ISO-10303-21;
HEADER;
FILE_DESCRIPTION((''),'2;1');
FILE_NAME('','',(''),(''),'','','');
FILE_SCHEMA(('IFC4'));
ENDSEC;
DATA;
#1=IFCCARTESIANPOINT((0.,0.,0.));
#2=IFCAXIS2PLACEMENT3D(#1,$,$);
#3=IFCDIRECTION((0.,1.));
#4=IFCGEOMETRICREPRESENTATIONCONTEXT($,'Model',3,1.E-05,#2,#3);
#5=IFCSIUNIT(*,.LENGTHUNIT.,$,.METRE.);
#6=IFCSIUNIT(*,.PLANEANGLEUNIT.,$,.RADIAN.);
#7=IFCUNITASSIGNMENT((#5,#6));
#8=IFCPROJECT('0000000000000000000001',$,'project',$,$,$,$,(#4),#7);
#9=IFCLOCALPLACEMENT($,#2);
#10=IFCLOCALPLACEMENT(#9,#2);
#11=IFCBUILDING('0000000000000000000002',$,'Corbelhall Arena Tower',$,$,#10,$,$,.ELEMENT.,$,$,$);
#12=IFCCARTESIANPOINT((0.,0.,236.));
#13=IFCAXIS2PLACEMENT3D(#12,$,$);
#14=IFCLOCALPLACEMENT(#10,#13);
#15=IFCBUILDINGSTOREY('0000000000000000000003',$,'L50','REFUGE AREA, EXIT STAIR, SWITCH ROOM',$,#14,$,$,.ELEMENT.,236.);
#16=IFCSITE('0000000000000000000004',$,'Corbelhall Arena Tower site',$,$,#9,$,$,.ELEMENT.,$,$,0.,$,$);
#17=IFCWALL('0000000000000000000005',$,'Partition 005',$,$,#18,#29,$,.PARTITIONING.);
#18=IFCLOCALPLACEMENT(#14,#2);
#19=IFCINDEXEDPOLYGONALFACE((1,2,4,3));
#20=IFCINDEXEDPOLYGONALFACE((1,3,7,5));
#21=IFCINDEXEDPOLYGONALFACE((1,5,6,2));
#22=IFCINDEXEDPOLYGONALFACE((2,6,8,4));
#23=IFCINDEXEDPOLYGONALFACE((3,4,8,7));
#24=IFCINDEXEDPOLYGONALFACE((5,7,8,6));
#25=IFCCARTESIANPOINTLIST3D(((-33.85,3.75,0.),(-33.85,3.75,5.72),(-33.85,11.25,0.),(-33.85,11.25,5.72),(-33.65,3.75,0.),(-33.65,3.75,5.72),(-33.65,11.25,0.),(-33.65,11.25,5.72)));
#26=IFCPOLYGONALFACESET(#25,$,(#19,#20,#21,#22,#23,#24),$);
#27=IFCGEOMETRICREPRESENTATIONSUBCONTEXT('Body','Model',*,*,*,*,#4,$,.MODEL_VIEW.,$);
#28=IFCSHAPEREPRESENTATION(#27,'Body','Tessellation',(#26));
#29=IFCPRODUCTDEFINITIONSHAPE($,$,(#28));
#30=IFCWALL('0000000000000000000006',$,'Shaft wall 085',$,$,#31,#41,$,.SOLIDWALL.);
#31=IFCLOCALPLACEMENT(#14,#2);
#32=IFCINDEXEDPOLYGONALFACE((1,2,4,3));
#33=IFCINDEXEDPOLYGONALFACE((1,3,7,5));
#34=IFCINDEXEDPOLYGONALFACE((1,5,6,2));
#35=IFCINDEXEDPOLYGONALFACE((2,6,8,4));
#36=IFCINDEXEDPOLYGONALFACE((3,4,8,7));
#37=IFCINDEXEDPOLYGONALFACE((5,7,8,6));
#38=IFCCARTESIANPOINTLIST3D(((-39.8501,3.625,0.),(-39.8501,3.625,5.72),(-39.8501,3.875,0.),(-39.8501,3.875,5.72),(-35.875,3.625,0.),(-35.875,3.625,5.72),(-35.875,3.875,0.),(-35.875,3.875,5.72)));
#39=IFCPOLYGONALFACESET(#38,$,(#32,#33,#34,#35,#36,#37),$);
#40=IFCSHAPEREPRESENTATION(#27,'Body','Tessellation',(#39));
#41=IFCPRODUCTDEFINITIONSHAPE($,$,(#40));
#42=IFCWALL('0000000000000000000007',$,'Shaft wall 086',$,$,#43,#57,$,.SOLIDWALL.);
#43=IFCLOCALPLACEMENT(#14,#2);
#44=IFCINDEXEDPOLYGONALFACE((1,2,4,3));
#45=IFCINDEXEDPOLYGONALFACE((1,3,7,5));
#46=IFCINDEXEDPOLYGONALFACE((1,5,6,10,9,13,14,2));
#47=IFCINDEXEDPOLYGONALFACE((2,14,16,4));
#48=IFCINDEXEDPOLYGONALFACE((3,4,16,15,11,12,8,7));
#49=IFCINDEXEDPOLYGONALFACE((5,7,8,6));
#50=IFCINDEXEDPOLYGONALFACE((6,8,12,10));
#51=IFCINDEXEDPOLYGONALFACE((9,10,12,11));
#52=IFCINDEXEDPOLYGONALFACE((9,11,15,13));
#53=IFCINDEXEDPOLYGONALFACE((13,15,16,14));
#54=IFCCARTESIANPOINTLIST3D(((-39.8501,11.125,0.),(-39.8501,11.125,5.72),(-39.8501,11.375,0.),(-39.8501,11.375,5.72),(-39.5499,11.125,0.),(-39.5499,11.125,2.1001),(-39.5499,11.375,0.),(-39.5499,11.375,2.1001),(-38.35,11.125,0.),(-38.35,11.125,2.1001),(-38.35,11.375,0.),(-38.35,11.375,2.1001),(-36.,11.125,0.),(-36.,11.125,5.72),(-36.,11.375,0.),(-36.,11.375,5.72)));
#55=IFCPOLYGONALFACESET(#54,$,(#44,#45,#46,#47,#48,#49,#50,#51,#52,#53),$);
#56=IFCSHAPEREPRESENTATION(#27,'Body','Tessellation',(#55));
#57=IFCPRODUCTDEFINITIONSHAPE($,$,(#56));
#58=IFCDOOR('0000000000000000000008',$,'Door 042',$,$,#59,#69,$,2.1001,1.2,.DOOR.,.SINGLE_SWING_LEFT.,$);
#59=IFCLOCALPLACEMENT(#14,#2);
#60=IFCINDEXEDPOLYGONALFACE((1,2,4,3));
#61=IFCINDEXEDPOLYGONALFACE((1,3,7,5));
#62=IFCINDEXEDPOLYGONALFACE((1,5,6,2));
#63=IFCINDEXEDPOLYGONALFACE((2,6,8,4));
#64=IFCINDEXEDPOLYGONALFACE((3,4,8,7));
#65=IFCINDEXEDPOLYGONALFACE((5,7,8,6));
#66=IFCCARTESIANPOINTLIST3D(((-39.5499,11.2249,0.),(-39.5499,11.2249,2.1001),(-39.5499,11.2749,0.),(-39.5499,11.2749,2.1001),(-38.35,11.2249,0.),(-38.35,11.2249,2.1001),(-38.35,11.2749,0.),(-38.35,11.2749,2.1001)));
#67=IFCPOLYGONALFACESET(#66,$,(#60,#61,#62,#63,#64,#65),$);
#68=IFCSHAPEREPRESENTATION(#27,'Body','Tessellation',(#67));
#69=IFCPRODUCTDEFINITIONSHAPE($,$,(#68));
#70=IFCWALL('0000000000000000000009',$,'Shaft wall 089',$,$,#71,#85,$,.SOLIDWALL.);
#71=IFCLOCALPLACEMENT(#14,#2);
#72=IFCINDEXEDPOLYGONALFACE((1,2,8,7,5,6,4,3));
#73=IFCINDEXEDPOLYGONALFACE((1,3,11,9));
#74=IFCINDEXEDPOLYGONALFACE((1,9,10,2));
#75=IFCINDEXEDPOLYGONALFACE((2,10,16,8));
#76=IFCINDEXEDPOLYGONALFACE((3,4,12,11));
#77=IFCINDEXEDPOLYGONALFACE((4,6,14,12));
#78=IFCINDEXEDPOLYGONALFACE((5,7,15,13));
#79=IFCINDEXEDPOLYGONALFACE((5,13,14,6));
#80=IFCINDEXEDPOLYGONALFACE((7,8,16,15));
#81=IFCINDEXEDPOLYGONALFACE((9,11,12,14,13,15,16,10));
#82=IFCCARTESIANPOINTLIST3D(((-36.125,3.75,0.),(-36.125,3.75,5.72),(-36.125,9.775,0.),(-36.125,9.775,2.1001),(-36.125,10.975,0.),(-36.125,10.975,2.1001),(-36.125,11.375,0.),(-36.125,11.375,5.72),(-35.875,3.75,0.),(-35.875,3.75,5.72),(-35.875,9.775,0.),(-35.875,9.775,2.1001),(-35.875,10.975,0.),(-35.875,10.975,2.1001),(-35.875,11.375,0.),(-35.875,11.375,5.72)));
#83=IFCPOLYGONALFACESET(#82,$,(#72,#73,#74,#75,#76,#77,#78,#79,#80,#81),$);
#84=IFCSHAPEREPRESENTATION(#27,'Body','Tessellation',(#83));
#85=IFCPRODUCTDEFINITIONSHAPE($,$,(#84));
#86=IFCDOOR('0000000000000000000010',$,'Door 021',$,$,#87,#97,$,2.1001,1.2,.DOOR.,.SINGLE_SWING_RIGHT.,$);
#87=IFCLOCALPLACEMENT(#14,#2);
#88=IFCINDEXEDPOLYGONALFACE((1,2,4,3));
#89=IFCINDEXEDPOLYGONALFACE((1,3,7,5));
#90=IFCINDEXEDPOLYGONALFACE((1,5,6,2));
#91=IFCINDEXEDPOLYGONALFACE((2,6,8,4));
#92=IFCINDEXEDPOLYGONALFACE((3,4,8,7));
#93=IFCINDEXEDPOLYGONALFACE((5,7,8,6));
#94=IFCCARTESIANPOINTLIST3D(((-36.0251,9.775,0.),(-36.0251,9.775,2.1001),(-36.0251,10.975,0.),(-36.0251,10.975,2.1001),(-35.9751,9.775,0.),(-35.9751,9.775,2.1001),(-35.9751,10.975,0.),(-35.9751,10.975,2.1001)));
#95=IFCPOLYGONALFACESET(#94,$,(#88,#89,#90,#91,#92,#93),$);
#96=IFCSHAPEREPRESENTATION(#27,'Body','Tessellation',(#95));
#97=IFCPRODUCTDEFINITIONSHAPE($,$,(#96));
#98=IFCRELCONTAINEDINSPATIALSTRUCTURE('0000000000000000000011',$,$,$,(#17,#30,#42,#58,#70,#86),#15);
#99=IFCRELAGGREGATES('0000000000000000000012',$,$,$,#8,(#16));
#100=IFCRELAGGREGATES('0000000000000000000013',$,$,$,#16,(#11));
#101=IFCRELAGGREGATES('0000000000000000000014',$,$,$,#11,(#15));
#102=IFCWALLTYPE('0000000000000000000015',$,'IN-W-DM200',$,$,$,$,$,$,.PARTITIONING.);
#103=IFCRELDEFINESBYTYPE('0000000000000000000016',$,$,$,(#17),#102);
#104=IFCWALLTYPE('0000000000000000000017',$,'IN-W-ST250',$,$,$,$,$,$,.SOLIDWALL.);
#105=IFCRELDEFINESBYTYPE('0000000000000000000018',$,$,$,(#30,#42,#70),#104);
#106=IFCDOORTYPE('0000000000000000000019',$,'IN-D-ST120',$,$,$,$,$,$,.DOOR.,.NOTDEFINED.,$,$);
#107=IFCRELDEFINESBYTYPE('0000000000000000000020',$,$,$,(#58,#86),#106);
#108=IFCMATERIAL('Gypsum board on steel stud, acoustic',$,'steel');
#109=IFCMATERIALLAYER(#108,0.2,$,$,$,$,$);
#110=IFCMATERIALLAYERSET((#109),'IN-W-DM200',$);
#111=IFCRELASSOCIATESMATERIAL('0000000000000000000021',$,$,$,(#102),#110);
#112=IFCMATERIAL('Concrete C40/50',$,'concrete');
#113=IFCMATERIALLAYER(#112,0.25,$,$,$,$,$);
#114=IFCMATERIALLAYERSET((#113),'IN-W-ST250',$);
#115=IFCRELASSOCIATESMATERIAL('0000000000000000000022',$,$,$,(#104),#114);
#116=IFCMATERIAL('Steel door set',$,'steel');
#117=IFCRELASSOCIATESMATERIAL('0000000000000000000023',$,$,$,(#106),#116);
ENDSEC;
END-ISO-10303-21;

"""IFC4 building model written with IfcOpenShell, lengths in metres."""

from ifc_helpers import new_model, si_unit, direction, frame, frame_2d, origin, place, context, subcontext, project, spatial, rectangle, extrude, material, layer, layer_set, type_object, element, fill, save


model = new_model("IFC4")

# Units and contexts
model_context = context("Model", 3, precision=1e-05, world=origin(), true_north=direction((0.0, 1.0)))
body_context = subcontext(model_context, "Body", "Model", "MODEL_VIEW")
ifc_project = project(units=[si_unit("LENGTHUNIT", "METRE"), si_unit("PLANEANGLEUNIT", "RADIAN")], contexts=[model_context])

# Site, building, storey
site_placement = place(None, origin())
site = spatial("IfcSite", under=ifc_project, at=site_placement, Name="Corbelhall Arena Tower site", CompositionType="ELEMENT", RefElevation=0.0)
building_placement = place(site_placement, origin())
building = spatial("IfcBuilding", under=site, at=building_placement, Name="Corbelhall Arena Tower", CompositionType="ELEMENT")
storey_placement = place(building_placement, frame((0.0, 0.0, 236.0)))
storey = spatial("IfcBuildingStorey", under=building, at=storey_placement, Name="L50", Description="REFUGE AREA, EXIT STAIR, SWITCH ROOM", CompositionType="ELEMENT", Elevation=236.0)

# Walls
ifc_material_1 = material(Name="Gypsum board on steel stud, acoustic", Category="steel")
ifc_layer_1 = layer(ifc_material_1, 0.2)
ifc_layer_set_1 = layer_set([ifc_layer_1], Name="IN-W-DM200")
wall_type_1 = type_object("IfcWallType", Name="IN-W-DM200", PredefinedType="PARTITIONING", material=ifc_layer_set_1)
wall_1_placement = place(storey_placement, frame((-33.75, 11.25, 0.0), z_axis=(0.0, 0.0, 1.0), x_axis=(0.0, -1.0, 0.0)))
element("IfcWall", 1, at=wall_1_placement, inside=storey, type_object=wall_type_1, Name="Partition 005", PredefinedType="PARTITIONING", context=body_context, shape_type="SweptSolid", body=[
    extrude(rectangle(XDim=7.5, YDim=0.2, at=frame_2d((3.75, 0.0))), origin(), (0.0, 0.0, 1.0), 5.72),
])
ifc_material_2 = material(Name="Concrete C40/50", Category="concrete")
ifc_layer_2 = layer(ifc_material_2, 0.25)
ifc_layer_set_2 = layer_set([ifc_layer_2], Name="IN-W-ST250")
wall_type_2 = type_object("IfcWallType", Name="IN-W-ST250", PredefinedType="SOLIDWALL", material=ifc_layer_set_2)
wall_2_placement = place(storey_placement, frame((-39.8501, 3.75, 0.0), z_axis=(0.0, 0.0, 1.0), x_axis=(1.0, 0.0, 0.0)))
element("IfcWall", 2, at=wall_2_placement, inside=storey, type_object=wall_type_2, Name="Shaft wall 085", PredefinedType="SOLIDWALL", context=body_context, shape_type="SweptSolid", body=[
    extrude(rectangle(XDim=3.9751, YDim=0.25, at=frame_2d((1.9875, 0.0))), origin(), (0.0, 0.0, 1.0), 5.72),
])

# Walls, openings, doors
wall_3_placement = place(storey_placement, frame((-39.8501, 11.25, 0.0), z_axis=(0.0, 0.0, 1.0), x_axis=(1.0, 0.0, 0.0)))
wall_3 = element("IfcWall", 3, at=wall_3_placement, inside=storey, type_object=wall_type_2, Name="Shaft wall 086", PredefinedType="SOLIDWALL", context=body_context, shape_type="SweptSolid", body=[
    extrude(rectangle(XDim=3.8501, YDim=0.25, at=frame_2d((1.925, 0.0))), origin(), (0.0, 0.0, 1.0), 5.72),
])
opening_1_placement = place(wall_3_placement, frame((0.3, 0.0, 0.0)))
opening_1 = element("IfcOpeningElement", 4, at=opening_1_placement, cuts=wall_3, PredefinedType="OPENING", context=body_context, shape_type="SweptSolid", body=[
    extrude(rectangle(XDim=1.2, YDim=2.1001, at=frame_2d((0.6001, 1.05))), frame((0.0, 0.125, 0.0), z_axis=(0.0, -1.0, 0.0), x_axis=(1.0, 0.0, 0.0)), (0.0, 0.0, 1.0), 0.25),
])
ifc_material_3 = material(Name="Steel door set", Category="steel")
door_type = type_object("IfcDoorType", Name="IN-D-ST120", OperationType="NOTDEFINED", PredefinedType="DOOR", material=ifc_material_3)
door_1_placement = place(opening_1_placement, origin())
door_1 = element("IfcDoor", 5, at=door_1_placement, inside=storey, type_object=door_type, Name="Door 042", OperationType="SINGLE_SWING_LEFT", OverallHeight=2.1001, OverallWidth=1.2, PredefinedType="DOOR", context=body_context, shape_type="SweptSolid", body=[
    extrude(rectangle(XDim=1.2, YDim=2.1001, at=frame_2d((0.6001, 1.05))), frame((0.0, 0.0249, 0.0), z_axis=(0.0, -1.0, 0.0), x_axis=(1.0, 0.0, 0.0)), (0.0, 0.0, 1.0), 0.05),
])
fill(opening_1, door_1)
wall_4_placement = place(storey_placement, frame((-36.0, 11.375, 0.0), z_axis=(0.0, 0.0, 1.0), x_axis=(0.0, -1.0, 0.0)))
wall_4 = element("IfcWall", 6, at=wall_4_placement, inside=storey, type_object=wall_type_2, Name="Shaft wall 089", PredefinedType="SOLIDWALL", context=body_context, shape_type="SweptSolid", body=[
    extrude(rectangle(XDim=7.625, YDim=0.25, at=frame_2d((3.8125, 0.0))), origin(), (0.0, 0.0, 1.0), 5.72),
])
opening_2_placement = place(wall_4_placement, frame((0.3999, 0.0, 0.0)))
opening_2 = element("IfcOpeningElement", 7, at=opening_2_placement, cuts=wall_4, PredefinedType="OPENING", context=body_context, shape_type="SweptSolid", body=[
    extrude(rectangle(XDim=1.2, YDim=2.1001, at=frame_2d((0.6001, 1.05))), frame((0.0, 0.125, 0.0), z_axis=(0.0, -1.0, 0.0), x_axis=(1.0, 0.0, 0.0)), (0.0, 0.0, 1.0), 0.25),
])
door_2_placement = place(opening_2_placement, origin())
door_2 = element("IfcDoor", 8, at=door_2_placement, inside=storey, type_object=door_type, Name="Door 021", OperationType="SINGLE_SWING_RIGHT", OverallHeight=2.1001, OverallWidth=1.2, PredefinedType="DOOR", context=body_context, shape_type="SweptSolid", body=[
    extrude(rectangle(XDim=1.2, YDim=2.1001, at=frame_2d((0.6001, 1.05))), frame((0.0, 0.0249, 0.0), z_axis=(0.0, -1.0, 0.0), x_axis=(1.0, 0.0, 0.0)), (0.0, 0.0, 1.0), 0.05),
])
fill(opening_2, door_2)

save(model, "model.ifc")
